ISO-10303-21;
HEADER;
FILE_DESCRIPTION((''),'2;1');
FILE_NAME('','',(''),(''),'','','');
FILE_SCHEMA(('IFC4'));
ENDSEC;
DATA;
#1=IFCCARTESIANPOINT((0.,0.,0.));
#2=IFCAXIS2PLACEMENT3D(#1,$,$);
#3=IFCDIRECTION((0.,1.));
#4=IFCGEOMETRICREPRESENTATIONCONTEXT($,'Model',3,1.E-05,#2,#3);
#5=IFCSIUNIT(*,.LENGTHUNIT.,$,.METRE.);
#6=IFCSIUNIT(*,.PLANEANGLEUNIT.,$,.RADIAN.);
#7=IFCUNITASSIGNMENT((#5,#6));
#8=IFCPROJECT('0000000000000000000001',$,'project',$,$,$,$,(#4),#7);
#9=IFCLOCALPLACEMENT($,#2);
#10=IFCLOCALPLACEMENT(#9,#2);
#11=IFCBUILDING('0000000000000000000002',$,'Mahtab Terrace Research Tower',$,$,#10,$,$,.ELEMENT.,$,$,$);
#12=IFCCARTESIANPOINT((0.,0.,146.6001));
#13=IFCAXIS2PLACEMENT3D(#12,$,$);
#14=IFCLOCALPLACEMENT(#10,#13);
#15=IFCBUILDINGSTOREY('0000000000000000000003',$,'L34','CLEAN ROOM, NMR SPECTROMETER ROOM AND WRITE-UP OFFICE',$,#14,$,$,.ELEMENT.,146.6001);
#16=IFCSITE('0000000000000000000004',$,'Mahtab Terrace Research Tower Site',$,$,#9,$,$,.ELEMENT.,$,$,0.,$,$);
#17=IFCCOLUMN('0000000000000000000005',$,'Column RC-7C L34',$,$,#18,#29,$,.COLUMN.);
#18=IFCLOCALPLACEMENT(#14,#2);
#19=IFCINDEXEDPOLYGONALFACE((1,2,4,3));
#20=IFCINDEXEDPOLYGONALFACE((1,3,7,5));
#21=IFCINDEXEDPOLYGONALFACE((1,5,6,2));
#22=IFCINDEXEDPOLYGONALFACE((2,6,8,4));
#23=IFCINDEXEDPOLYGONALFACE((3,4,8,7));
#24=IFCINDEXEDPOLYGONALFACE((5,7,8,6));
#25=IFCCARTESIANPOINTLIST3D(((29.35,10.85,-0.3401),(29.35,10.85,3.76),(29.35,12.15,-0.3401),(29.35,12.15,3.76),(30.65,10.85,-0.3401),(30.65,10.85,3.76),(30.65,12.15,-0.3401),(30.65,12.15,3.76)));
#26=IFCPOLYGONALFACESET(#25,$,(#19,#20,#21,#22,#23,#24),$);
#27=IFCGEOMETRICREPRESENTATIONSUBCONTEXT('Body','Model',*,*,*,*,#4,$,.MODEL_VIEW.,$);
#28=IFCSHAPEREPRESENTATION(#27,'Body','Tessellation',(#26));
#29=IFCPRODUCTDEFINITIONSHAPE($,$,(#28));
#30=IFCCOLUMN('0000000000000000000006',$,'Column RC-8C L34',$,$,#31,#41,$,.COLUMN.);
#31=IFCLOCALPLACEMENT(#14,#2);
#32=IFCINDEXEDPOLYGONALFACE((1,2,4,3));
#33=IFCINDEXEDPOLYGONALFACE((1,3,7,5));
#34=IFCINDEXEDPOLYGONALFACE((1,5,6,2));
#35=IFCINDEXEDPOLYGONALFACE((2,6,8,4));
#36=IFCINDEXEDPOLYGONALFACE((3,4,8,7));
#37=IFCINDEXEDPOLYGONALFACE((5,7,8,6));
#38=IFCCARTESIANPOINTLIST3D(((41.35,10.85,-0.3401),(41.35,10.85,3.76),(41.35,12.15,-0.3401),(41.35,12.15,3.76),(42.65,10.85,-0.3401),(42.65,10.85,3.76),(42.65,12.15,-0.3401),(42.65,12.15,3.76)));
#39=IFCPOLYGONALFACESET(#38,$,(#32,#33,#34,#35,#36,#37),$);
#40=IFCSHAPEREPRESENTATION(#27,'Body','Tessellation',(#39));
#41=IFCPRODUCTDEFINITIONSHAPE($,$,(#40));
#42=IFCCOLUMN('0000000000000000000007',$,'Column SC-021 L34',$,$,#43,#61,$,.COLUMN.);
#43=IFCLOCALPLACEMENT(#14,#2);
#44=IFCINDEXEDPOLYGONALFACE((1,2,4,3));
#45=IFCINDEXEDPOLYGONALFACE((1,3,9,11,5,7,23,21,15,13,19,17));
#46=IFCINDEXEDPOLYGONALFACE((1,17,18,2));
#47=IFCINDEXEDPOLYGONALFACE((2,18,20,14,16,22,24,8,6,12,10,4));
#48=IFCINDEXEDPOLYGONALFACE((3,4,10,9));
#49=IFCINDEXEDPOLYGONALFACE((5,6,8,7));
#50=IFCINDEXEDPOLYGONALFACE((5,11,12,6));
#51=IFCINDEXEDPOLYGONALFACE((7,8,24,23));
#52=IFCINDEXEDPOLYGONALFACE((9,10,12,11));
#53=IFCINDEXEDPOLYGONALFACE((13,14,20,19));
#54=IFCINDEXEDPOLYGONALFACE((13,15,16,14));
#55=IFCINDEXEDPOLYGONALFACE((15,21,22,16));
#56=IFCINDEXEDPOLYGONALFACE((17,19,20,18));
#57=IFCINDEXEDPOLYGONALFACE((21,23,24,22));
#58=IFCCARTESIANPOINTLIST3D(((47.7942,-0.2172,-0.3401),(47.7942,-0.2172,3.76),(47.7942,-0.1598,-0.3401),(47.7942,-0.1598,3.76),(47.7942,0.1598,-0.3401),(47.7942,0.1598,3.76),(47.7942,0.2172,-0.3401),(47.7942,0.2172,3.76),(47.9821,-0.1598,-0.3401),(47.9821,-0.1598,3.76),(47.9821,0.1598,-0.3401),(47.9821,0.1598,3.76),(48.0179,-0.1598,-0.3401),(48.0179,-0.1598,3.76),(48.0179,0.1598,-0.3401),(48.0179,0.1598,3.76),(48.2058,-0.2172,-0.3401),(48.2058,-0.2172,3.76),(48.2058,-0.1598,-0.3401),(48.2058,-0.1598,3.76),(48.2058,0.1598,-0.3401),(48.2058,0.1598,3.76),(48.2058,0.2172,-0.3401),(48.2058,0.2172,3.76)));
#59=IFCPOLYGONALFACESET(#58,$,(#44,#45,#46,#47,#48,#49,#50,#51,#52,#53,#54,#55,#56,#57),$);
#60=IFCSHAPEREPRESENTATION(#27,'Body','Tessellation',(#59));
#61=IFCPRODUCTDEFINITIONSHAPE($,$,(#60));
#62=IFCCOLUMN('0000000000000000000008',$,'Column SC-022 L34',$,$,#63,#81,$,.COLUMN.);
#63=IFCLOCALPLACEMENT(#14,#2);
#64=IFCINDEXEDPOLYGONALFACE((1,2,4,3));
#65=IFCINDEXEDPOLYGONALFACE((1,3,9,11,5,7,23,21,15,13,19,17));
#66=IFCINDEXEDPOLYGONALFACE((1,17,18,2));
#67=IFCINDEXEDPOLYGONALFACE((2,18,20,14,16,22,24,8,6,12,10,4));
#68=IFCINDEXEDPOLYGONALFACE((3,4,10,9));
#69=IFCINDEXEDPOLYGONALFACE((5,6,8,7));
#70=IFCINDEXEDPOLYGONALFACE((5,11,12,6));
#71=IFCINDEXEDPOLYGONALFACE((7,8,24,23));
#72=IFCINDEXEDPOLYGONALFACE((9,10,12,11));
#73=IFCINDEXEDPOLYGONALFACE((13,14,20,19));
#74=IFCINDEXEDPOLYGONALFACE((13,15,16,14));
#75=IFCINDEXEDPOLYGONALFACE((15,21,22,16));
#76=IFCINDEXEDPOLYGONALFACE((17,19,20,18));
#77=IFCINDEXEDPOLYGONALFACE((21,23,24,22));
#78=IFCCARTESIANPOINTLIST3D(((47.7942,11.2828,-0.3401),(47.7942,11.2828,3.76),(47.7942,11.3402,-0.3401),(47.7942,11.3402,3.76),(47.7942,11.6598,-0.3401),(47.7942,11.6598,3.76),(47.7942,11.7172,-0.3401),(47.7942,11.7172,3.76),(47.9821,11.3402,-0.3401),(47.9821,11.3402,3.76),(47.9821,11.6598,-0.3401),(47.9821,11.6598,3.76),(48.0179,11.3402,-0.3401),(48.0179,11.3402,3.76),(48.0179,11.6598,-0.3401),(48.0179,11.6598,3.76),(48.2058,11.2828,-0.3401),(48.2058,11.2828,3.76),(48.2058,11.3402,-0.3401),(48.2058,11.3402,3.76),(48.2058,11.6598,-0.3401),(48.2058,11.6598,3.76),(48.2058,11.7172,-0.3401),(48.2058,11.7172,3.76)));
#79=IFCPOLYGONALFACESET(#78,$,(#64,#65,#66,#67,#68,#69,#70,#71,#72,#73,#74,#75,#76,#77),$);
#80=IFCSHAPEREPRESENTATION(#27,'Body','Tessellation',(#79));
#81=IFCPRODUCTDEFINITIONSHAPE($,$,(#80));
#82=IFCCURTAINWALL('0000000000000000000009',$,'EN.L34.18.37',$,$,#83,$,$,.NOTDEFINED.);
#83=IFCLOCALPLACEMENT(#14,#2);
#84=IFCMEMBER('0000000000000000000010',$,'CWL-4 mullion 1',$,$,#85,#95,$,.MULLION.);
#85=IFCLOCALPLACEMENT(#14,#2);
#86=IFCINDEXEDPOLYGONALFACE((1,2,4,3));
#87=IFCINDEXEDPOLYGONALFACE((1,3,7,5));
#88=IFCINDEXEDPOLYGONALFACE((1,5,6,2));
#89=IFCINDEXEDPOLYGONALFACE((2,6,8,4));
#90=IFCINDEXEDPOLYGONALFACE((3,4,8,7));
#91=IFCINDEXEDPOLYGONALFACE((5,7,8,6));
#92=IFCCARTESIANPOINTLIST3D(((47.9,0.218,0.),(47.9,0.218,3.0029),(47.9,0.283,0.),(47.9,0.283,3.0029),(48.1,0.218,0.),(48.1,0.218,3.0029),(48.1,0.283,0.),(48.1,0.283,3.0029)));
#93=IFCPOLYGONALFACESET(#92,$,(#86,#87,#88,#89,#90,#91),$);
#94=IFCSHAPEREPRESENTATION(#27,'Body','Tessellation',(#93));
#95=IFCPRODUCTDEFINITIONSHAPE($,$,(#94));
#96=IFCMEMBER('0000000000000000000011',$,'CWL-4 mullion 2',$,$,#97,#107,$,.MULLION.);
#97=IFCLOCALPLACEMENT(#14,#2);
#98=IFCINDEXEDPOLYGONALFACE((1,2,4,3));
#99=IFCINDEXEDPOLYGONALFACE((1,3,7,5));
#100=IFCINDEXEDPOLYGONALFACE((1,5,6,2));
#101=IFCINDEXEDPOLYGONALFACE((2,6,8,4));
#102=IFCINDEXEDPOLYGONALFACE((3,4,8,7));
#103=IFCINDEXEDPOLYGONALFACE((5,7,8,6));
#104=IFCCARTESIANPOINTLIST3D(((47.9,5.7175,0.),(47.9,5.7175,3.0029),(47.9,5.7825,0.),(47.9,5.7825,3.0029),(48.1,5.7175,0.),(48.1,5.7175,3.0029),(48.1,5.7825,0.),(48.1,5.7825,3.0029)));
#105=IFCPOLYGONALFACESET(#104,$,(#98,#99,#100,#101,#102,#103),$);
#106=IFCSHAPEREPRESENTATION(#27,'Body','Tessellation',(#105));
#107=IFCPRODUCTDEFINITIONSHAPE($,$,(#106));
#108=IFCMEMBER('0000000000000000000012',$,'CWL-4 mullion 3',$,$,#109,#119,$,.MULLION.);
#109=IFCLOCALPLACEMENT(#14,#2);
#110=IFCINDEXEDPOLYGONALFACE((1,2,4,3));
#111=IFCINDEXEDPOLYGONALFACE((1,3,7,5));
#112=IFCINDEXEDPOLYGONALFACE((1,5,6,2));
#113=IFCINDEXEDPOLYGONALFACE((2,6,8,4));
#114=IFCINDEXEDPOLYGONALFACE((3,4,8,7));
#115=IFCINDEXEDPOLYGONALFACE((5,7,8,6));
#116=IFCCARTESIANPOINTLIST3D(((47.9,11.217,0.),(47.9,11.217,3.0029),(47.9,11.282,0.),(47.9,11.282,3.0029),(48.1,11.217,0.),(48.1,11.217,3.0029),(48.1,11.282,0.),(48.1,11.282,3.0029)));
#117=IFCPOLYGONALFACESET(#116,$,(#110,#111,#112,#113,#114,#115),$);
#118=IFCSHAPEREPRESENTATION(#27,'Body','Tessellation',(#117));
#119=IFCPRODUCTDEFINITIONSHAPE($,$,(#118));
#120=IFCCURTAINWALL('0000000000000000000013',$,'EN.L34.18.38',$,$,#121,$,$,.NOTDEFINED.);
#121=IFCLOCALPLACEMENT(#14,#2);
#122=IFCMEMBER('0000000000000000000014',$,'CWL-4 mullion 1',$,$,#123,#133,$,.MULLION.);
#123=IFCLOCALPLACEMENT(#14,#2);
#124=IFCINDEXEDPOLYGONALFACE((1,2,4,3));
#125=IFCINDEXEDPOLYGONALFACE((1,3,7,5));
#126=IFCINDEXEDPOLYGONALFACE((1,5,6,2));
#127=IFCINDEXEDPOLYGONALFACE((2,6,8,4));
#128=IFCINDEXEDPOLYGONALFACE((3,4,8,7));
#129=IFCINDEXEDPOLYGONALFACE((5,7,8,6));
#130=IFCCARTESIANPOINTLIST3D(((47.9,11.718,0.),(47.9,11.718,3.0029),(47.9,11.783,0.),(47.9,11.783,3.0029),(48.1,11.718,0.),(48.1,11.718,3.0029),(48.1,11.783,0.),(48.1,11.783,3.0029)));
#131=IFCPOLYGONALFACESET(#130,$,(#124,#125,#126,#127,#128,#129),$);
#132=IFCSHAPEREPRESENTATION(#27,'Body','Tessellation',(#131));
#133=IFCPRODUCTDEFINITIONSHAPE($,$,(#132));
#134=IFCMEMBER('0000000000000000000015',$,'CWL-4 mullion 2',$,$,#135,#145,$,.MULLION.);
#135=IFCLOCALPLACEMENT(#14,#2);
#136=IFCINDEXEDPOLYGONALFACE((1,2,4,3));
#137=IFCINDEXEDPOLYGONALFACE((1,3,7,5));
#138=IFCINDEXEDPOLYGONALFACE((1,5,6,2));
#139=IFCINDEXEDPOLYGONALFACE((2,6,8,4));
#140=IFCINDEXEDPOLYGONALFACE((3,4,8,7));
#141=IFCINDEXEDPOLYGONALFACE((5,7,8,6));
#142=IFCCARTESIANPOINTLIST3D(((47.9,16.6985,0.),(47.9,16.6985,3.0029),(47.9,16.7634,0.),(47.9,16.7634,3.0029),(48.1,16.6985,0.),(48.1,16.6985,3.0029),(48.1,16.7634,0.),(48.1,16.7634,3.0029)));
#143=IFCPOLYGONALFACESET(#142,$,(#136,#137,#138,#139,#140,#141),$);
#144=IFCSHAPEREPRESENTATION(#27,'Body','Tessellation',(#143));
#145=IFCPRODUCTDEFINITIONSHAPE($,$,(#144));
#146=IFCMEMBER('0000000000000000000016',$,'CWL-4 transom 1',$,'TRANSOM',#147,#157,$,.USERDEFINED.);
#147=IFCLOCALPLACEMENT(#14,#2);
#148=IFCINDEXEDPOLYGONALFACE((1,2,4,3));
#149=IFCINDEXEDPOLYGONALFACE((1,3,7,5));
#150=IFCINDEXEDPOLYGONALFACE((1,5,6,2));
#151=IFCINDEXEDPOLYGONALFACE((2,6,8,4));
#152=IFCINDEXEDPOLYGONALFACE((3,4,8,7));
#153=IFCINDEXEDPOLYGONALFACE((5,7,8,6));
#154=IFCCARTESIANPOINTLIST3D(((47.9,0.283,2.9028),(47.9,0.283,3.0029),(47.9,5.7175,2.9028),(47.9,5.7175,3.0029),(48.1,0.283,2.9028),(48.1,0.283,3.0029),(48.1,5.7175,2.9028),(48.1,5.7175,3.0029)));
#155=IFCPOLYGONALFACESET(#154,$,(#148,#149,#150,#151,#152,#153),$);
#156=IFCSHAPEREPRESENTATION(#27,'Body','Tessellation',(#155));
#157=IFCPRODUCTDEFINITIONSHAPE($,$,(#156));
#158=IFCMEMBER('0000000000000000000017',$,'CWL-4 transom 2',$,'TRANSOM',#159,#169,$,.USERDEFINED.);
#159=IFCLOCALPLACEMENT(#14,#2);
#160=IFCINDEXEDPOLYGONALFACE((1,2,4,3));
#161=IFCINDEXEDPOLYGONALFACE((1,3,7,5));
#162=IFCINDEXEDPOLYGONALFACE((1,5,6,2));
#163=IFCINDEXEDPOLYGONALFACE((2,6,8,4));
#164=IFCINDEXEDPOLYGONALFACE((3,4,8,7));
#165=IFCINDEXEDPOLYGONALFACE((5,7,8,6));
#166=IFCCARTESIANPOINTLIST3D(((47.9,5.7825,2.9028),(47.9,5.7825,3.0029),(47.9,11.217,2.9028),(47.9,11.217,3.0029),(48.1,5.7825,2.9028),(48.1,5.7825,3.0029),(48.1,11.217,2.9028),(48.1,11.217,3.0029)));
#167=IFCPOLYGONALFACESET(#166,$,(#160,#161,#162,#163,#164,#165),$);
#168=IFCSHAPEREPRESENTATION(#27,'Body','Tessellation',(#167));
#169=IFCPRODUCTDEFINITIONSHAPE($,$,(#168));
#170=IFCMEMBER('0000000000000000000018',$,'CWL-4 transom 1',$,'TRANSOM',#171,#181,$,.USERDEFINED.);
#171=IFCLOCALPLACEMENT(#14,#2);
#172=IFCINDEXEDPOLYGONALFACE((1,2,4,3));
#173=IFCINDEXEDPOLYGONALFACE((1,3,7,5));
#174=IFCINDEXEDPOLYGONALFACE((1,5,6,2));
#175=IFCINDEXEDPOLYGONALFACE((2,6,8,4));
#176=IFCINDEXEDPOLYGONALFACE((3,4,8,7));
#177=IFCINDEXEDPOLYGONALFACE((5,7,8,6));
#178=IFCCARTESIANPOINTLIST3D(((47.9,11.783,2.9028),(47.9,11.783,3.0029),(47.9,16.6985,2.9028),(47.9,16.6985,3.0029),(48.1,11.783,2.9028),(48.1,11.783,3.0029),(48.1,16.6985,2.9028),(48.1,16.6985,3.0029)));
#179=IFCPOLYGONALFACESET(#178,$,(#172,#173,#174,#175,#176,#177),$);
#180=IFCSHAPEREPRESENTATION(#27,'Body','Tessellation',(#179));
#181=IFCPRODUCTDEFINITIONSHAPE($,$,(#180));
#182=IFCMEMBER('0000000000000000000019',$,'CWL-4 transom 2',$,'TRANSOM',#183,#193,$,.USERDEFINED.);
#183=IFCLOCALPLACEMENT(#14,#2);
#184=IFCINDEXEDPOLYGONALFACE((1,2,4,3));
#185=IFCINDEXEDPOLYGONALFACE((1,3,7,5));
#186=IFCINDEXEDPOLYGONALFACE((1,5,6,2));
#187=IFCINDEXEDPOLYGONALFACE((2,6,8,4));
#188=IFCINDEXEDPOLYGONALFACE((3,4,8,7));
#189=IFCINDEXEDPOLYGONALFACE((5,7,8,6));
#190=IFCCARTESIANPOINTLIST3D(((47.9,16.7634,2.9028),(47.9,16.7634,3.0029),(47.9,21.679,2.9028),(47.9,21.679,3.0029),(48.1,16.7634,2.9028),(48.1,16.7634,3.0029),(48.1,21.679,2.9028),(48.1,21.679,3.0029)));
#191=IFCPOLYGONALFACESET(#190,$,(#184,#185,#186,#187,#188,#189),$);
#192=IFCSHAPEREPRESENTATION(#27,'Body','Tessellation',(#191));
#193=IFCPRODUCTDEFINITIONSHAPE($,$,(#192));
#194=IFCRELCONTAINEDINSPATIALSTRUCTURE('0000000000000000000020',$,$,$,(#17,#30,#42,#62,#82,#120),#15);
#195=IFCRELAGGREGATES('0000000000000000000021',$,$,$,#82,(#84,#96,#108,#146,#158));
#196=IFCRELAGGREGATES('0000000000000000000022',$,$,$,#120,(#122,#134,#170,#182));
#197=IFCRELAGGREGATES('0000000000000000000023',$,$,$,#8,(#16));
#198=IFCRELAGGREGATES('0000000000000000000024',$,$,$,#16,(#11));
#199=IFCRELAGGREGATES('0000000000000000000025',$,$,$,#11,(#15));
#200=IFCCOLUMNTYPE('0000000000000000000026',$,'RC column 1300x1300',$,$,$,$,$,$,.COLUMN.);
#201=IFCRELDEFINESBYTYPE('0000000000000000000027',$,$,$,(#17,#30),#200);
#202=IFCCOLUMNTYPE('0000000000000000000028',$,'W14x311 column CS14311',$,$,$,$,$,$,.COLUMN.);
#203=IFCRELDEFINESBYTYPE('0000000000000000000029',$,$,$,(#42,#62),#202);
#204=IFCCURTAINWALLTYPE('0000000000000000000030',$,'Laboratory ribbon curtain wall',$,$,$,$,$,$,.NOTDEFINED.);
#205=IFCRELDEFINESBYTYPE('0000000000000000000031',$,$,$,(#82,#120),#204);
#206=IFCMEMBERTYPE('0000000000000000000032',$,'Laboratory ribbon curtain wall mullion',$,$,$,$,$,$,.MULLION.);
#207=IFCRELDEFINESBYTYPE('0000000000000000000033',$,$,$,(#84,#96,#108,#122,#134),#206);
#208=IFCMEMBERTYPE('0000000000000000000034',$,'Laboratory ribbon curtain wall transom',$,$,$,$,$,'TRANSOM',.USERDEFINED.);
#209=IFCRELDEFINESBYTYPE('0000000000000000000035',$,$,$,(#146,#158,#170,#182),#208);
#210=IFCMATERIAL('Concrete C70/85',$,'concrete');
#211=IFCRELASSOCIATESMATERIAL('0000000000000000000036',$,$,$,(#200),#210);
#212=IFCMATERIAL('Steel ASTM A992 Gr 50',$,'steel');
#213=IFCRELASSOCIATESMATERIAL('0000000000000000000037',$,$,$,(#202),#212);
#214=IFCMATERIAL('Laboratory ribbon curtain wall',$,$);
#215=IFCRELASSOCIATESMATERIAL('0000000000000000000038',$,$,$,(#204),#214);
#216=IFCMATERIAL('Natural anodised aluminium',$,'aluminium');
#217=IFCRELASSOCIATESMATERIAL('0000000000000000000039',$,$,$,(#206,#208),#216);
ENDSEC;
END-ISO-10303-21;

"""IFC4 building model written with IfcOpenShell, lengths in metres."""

from ifc_helpers import new_model, si_unit, direction, frame, origin, origin_2d, place, context, subcontext, project, spatial, rectangle, i_section, extrude, material, material_profile, profile_set, type_object, element, aggregate, save


model = new_model("IFC4")

# Units and contexts
model_context = context("Model", 3, precision=1e-05, world=origin(), true_north=direction((0.0, 1.0)))
body_context = subcontext(model_context, "Body", "Model", "MODEL_VIEW")
ifc_project = project(units=[si_unit("LENGTHUNIT", "METRE"), si_unit("PLANEANGLEUNIT", "RADIAN")], contexts=[model_context])

# Site, building, storey
site_placement = place(None, origin())
site = spatial("IfcSite", under=ifc_project, at=site_placement, Name="Mahtab Terrace Research Tower Site", CompositionType="ELEMENT", RefElevation=0.0)
building_placement = place(site_placement, origin())
building = spatial("IfcBuilding", under=site, at=building_placement, Name="Mahtab Terrace Research Tower", CompositionType="ELEMENT")
storey_placement = place(building_placement, frame((0.0, 0.0, 146.6001)))
storey = spatial("IfcBuildingStorey", under=building, at=storey_placement, Name="L34", Description="CLEAN ROOM, NMR SPECTROMETER ROOM AND WRITE-UP OFFICE", CompositionType="ELEMENT", Elevation=146.6001)

# Columns
ifc_material_1 = material(Name="Concrete C70/85", Category="concrete")
ifc_material_profile_1 = material_profile(ifc_material_1, rectangle(XDim=1.3, YDim=1.3, at=origin_2d()), Name="RC column 1300x1300")
ifc_profile_set_1 = profile_set([ifc_material_profile_1], Name="Concrete C70/85")
column_type_1 = type_object("IfcColumnType", Name="RC column 1300x1300", PredefinedType="COLUMN", material=ifc_profile_set_1)
for number, where, z_axis, x_axis, name in (
    (1, (30.0, 11.5, -0.3401), (0.0, 0.0, 1.0), (1.0, 0.0, 0.0), "Column RC-7C L34"),
    (2, (42.0, 11.5, -0.3401), (0.0, 0.0, 1.0), (1.0, 0.0, 0.0), "Column RC-8C L34"),
):
    element("IfcColumn", number, at=place(storey_placement, frame(where, z_axis=z_axis, x_axis=x_axis)), inside=storey, type_object=column_type_1, Name=name, PredefinedType="COLUMN", context=body_context, shape_type="SweptSolid", body=[
        extrude(rectangle(XDim=1.3, YDim=1.3, at=origin_2d()), origin(), (0.0, 0.0, 1.0), 4.1001),
    ])
ifc_material_2 = material(Name="Steel ASTM A992 Gr 50", Category="steel")
ifc_material_profile_2 = material_profile(ifc_material_2, i_section(OverallWidth=0.4116, OverallDepth=0.4343, WebThickness=0.0359, FlangeThickness=0.0574, at=origin_2d()), Name="W14X311")
ifc_profile_set_2 = profile_set([ifc_material_profile_2], Name="Steel ASTM A992 Gr 50")
column_type_2 = type_object("IfcColumnType", Name="W14x311 column CS14311", PredefinedType="COLUMN", material=ifc_profile_set_2)
for number, where, z_axis, x_axis, name in (
    (3, (48.0, 0.0, -0.3401), (0.0, 0.0, 1.0), (1.0, 0.0, 0.0), "Column SC-021 L34"),
    (4, (48.0, 11.5, -0.3401), (0.0, 0.0, 1.0), (1.0, 0.0, 0.0), "Column SC-022 L34"),
):
    element("IfcColumn", number, at=place(storey_placement, frame(where, z_axis=z_axis, x_axis=x_axis)), inside=storey, type_object=column_type_2, Name=name, PredefinedType="COLUMN", context=body_context, shape_type="SweptSolid", body=[
        extrude(i_section(OverallWidth=0.4116, OverallDepth=0.4343, WebThickness=0.0359, FlangeThickness=0.0574, at=origin_2d()), origin(), (0.0, 0.0, 1.0), 4.1001),
    ])

# Curtain walls, members
ifc_material_3 = material(Name="Laboratory ribbon curtain wall")
curtain_wall_type = type_object("IfcCurtainWallType", Name="Laboratory ribbon curtain wall", PredefinedType="NOTDEFINED", material=ifc_material_3)
curtain_wall_1_placement = place(storey_placement, origin())
curtain_wall_1 = element("IfcCurtainWall", 5, at=curtain_wall_1_placement, inside=storey, type_object=curtain_wall_type, Name="EN.L34.18.37", PredefinedType="NOTDEFINED")
ifc_material_4 = material(Name="Natural anodised aluminium", Category="aluminium")
ifc_material_profile_3 = material_profile(ifc_material_4, rectangle(XDim=0.2, YDim=0.0649, at=origin_2d()), Name="MULLION 65x200")
ifc_profile_set_3 = profile_set([ifc_material_profile_3], Name="Natural anodised aluminium")
member_type_1 = type_object("IfcMemberType", Name="Laboratory ribbon curtain wall mullion", PredefinedType="MULLION", material=ifc_profile_set_3)
member_1_placement = place(storey_placement, frame((48.0, 0.2505, 0.0), z_axis=(0.0, 0.0, 1.0), x_axis=(-1.0, 0.0, 0.0)))
member_1 = element("IfcMember", 6, at=member_1_placement, type_object=member_type_1, Name="CWL-4 mullion 1", PredefinedType="MULLION", context=body_context, shape_type="SweptSolid", body=[
    extrude(rectangle(XDim=0.2, YDim=0.0649, at=origin_2d()), origin(), (0.0, 0.0, 1.0), 3.0029),
])
member_2_placement = place(storey_placement, frame((48.0, 5.75, 0.0), z_axis=(0.0, 0.0, 1.0), x_axis=(-1.0, 0.0, 0.0)))
member_2 = element("IfcMember", 7, at=member_2_placement, type_object=member_type_1, Name="CWL-4 mullion 2", PredefinedType="MULLION", context=body_context, shape_type="SweptSolid", body=[
    extrude(rectangle(XDim=0.2, YDim=0.0649, at=origin_2d()), origin(), (0.0, 0.0, 1.0), 3.0029),
])
member_3_placement = place(storey_placement, frame((48.0, 11.2495, 0.0), z_axis=(0.0, 0.0, 1.0), x_axis=(-1.0, 0.0, 0.0)))
member_3 = element("IfcMember", 8, at=member_3_placement, type_object=member_type_1, Name="CWL-4 mullion 3", PredefinedType="MULLION", context=body_context, shape_type="SweptSolid", body=[
    extrude(rectangle(XDim=0.2, YDim=0.0649, at=origin_2d()), origin(), (0.0, 0.0, 1.0), 3.0029),
])
curtain_wall_2_placement = place(storey_placement, origin())
curtain_wall_2 = element("IfcCurtainWall", 9, at=curtain_wall_2_placement, inside=storey, type_object=curtain_wall_type, Name="EN.L34.18.38", PredefinedType="NOTDEFINED")
member_4_placement = place(storey_placement, frame((48.0, 11.7505, 0.0), z_axis=(0.0, 0.0, 1.0), x_axis=(-1.0, 0.0, 0.0)))
member_4 = element("IfcMember", 10, at=member_4_placement, type_object=member_type_1, Name="CWL-4 mullion 1", PredefinedType="MULLION", context=body_context, shape_type="SweptSolid", body=[
    extrude(rectangle(XDim=0.2, YDim=0.0649, at=origin_2d()), origin(), (0.0, 0.0, 1.0), 3.0029),
])
member_5_placement = place(storey_placement, frame((48.0, 16.731, 0.0), z_axis=(0.0, 0.0, 1.0), x_axis=(-1.0, 0.0, 0.0)))
member_5 = element("IfcMember", 11, at=member_5_placement, type_object=member_type_1, Name="CWL-4 mullion 2", PredefinedType="MULLION", context=body_context, shape_type="SweptSolid", body=[
    extrude(rectangle(XDim=0.2, YDim=0.0649, at=origin_2d()), origin(), (0.0, 0.0, 1.0), 3.0029),
])

# Members
ifc_material_profile_4 = material_profile(ifc_material_4, rectangle(XDim=0.2, YDim=0.1001, at=origin_2d()), Name="TRANSOM 100x200")
ifc_profile_set_4 = profile_set([ifc_material_profile_4], Name="Natural anodised aluminium")
member_type_2 = type_object("IfcMemberType", Name="Laboratory ribbon curtain wall transom", ElementType="TRANSOM", PredefinedType="USERDEFINED", material=ifc_profile_set_4)
member_6_placement = place(storey_placement, frame((48.0, 0.283, 2.9529), z_axis=(0.0, 1.0, 0.0), x_axis=(-1.0, 0.0, 0.0)))
member_6 = element("IfcMember", 12, at=member_6_placement, type_object=member_type_2, Name="CWL-4 transom 1", ObjectType="TRANSOM", PredefinedType="USERDEFINED", context=body_context, shape_type="SweptSolid", body=[
    extrude(rectangle(XDim=0.2, YDim=0.1001, at=origin_2d()), origin(), (0.0, 0.0, 1.0), 5.4346),
])
member_7_placement = place(storey_placement, frame((48.0, 5.7825, 2.9529), z_axis=(0.0, 1.0, 0.0), x_axis=(-1.0, 0.0, 0.0)))
member_7 = element("IfcMember", 13, at=member_7_placement, type_object=member_type_2, Name="CWL-4 transom 2", ObjectType="TRANSOM", PredefinedType="USERDEFINED", context=body_context, shape_type="SweptSolid", body=[
    extrude(rectangle(XDim=0.2, YDim=0.1001, at=origin_2d()), origin(), (0.0, 0.0, 1.0), 5.4346),
])
member_8_placement = place(storey_placement, frame((48.0, 11.783, 2.9529), z_axis=(0.0, 1.0, 0.0), x_axis=(-1.0, 0.0, 0.0)))
member_8 = element("IfcMember", 14, at=member_8_placement, type_object=member_type_2, Name="CWL-4 transom 1", ObjectType="TRANSOM", PredefinedType="USERDEFINED", context=body_context, shape_type="SweptSolid", body=[
    extrude(rectangle(XDim=0.2, YDim=0.1001, at=origin_2d()), origin(), (0.0, 0.0, 1.0), 4.9155),
])
member_9_placement = place(storey_placement, frame((48.0, 16.7634, 2.9529), z_axis=(0.0, 1.0, 0.0), x_axis=(-1.0, 0.0, 0.0)))
member_9 = element("IfcMember", 15, at=member_9_placement, type_object=member_type_2, Name="CWL-4 transom 2", ObjectType="TRANSOM", PredefinedType="USERDEFINED", context=body_context, shape_type="SweptSolid", body=[
    extrude(rectangle(XDim=0.2, YDim=0.1001, at=origin_2d()), origin(), (0.0, 0.0, 1.0), 4.9155),
])

aggregate(curtain_wall_1, [member_1, member_2, member_3, member_6, member_7])
aggregate(curtain_wall_2, [member_4, member_5, member_8, member_9])

save(model, "model.ifc")
